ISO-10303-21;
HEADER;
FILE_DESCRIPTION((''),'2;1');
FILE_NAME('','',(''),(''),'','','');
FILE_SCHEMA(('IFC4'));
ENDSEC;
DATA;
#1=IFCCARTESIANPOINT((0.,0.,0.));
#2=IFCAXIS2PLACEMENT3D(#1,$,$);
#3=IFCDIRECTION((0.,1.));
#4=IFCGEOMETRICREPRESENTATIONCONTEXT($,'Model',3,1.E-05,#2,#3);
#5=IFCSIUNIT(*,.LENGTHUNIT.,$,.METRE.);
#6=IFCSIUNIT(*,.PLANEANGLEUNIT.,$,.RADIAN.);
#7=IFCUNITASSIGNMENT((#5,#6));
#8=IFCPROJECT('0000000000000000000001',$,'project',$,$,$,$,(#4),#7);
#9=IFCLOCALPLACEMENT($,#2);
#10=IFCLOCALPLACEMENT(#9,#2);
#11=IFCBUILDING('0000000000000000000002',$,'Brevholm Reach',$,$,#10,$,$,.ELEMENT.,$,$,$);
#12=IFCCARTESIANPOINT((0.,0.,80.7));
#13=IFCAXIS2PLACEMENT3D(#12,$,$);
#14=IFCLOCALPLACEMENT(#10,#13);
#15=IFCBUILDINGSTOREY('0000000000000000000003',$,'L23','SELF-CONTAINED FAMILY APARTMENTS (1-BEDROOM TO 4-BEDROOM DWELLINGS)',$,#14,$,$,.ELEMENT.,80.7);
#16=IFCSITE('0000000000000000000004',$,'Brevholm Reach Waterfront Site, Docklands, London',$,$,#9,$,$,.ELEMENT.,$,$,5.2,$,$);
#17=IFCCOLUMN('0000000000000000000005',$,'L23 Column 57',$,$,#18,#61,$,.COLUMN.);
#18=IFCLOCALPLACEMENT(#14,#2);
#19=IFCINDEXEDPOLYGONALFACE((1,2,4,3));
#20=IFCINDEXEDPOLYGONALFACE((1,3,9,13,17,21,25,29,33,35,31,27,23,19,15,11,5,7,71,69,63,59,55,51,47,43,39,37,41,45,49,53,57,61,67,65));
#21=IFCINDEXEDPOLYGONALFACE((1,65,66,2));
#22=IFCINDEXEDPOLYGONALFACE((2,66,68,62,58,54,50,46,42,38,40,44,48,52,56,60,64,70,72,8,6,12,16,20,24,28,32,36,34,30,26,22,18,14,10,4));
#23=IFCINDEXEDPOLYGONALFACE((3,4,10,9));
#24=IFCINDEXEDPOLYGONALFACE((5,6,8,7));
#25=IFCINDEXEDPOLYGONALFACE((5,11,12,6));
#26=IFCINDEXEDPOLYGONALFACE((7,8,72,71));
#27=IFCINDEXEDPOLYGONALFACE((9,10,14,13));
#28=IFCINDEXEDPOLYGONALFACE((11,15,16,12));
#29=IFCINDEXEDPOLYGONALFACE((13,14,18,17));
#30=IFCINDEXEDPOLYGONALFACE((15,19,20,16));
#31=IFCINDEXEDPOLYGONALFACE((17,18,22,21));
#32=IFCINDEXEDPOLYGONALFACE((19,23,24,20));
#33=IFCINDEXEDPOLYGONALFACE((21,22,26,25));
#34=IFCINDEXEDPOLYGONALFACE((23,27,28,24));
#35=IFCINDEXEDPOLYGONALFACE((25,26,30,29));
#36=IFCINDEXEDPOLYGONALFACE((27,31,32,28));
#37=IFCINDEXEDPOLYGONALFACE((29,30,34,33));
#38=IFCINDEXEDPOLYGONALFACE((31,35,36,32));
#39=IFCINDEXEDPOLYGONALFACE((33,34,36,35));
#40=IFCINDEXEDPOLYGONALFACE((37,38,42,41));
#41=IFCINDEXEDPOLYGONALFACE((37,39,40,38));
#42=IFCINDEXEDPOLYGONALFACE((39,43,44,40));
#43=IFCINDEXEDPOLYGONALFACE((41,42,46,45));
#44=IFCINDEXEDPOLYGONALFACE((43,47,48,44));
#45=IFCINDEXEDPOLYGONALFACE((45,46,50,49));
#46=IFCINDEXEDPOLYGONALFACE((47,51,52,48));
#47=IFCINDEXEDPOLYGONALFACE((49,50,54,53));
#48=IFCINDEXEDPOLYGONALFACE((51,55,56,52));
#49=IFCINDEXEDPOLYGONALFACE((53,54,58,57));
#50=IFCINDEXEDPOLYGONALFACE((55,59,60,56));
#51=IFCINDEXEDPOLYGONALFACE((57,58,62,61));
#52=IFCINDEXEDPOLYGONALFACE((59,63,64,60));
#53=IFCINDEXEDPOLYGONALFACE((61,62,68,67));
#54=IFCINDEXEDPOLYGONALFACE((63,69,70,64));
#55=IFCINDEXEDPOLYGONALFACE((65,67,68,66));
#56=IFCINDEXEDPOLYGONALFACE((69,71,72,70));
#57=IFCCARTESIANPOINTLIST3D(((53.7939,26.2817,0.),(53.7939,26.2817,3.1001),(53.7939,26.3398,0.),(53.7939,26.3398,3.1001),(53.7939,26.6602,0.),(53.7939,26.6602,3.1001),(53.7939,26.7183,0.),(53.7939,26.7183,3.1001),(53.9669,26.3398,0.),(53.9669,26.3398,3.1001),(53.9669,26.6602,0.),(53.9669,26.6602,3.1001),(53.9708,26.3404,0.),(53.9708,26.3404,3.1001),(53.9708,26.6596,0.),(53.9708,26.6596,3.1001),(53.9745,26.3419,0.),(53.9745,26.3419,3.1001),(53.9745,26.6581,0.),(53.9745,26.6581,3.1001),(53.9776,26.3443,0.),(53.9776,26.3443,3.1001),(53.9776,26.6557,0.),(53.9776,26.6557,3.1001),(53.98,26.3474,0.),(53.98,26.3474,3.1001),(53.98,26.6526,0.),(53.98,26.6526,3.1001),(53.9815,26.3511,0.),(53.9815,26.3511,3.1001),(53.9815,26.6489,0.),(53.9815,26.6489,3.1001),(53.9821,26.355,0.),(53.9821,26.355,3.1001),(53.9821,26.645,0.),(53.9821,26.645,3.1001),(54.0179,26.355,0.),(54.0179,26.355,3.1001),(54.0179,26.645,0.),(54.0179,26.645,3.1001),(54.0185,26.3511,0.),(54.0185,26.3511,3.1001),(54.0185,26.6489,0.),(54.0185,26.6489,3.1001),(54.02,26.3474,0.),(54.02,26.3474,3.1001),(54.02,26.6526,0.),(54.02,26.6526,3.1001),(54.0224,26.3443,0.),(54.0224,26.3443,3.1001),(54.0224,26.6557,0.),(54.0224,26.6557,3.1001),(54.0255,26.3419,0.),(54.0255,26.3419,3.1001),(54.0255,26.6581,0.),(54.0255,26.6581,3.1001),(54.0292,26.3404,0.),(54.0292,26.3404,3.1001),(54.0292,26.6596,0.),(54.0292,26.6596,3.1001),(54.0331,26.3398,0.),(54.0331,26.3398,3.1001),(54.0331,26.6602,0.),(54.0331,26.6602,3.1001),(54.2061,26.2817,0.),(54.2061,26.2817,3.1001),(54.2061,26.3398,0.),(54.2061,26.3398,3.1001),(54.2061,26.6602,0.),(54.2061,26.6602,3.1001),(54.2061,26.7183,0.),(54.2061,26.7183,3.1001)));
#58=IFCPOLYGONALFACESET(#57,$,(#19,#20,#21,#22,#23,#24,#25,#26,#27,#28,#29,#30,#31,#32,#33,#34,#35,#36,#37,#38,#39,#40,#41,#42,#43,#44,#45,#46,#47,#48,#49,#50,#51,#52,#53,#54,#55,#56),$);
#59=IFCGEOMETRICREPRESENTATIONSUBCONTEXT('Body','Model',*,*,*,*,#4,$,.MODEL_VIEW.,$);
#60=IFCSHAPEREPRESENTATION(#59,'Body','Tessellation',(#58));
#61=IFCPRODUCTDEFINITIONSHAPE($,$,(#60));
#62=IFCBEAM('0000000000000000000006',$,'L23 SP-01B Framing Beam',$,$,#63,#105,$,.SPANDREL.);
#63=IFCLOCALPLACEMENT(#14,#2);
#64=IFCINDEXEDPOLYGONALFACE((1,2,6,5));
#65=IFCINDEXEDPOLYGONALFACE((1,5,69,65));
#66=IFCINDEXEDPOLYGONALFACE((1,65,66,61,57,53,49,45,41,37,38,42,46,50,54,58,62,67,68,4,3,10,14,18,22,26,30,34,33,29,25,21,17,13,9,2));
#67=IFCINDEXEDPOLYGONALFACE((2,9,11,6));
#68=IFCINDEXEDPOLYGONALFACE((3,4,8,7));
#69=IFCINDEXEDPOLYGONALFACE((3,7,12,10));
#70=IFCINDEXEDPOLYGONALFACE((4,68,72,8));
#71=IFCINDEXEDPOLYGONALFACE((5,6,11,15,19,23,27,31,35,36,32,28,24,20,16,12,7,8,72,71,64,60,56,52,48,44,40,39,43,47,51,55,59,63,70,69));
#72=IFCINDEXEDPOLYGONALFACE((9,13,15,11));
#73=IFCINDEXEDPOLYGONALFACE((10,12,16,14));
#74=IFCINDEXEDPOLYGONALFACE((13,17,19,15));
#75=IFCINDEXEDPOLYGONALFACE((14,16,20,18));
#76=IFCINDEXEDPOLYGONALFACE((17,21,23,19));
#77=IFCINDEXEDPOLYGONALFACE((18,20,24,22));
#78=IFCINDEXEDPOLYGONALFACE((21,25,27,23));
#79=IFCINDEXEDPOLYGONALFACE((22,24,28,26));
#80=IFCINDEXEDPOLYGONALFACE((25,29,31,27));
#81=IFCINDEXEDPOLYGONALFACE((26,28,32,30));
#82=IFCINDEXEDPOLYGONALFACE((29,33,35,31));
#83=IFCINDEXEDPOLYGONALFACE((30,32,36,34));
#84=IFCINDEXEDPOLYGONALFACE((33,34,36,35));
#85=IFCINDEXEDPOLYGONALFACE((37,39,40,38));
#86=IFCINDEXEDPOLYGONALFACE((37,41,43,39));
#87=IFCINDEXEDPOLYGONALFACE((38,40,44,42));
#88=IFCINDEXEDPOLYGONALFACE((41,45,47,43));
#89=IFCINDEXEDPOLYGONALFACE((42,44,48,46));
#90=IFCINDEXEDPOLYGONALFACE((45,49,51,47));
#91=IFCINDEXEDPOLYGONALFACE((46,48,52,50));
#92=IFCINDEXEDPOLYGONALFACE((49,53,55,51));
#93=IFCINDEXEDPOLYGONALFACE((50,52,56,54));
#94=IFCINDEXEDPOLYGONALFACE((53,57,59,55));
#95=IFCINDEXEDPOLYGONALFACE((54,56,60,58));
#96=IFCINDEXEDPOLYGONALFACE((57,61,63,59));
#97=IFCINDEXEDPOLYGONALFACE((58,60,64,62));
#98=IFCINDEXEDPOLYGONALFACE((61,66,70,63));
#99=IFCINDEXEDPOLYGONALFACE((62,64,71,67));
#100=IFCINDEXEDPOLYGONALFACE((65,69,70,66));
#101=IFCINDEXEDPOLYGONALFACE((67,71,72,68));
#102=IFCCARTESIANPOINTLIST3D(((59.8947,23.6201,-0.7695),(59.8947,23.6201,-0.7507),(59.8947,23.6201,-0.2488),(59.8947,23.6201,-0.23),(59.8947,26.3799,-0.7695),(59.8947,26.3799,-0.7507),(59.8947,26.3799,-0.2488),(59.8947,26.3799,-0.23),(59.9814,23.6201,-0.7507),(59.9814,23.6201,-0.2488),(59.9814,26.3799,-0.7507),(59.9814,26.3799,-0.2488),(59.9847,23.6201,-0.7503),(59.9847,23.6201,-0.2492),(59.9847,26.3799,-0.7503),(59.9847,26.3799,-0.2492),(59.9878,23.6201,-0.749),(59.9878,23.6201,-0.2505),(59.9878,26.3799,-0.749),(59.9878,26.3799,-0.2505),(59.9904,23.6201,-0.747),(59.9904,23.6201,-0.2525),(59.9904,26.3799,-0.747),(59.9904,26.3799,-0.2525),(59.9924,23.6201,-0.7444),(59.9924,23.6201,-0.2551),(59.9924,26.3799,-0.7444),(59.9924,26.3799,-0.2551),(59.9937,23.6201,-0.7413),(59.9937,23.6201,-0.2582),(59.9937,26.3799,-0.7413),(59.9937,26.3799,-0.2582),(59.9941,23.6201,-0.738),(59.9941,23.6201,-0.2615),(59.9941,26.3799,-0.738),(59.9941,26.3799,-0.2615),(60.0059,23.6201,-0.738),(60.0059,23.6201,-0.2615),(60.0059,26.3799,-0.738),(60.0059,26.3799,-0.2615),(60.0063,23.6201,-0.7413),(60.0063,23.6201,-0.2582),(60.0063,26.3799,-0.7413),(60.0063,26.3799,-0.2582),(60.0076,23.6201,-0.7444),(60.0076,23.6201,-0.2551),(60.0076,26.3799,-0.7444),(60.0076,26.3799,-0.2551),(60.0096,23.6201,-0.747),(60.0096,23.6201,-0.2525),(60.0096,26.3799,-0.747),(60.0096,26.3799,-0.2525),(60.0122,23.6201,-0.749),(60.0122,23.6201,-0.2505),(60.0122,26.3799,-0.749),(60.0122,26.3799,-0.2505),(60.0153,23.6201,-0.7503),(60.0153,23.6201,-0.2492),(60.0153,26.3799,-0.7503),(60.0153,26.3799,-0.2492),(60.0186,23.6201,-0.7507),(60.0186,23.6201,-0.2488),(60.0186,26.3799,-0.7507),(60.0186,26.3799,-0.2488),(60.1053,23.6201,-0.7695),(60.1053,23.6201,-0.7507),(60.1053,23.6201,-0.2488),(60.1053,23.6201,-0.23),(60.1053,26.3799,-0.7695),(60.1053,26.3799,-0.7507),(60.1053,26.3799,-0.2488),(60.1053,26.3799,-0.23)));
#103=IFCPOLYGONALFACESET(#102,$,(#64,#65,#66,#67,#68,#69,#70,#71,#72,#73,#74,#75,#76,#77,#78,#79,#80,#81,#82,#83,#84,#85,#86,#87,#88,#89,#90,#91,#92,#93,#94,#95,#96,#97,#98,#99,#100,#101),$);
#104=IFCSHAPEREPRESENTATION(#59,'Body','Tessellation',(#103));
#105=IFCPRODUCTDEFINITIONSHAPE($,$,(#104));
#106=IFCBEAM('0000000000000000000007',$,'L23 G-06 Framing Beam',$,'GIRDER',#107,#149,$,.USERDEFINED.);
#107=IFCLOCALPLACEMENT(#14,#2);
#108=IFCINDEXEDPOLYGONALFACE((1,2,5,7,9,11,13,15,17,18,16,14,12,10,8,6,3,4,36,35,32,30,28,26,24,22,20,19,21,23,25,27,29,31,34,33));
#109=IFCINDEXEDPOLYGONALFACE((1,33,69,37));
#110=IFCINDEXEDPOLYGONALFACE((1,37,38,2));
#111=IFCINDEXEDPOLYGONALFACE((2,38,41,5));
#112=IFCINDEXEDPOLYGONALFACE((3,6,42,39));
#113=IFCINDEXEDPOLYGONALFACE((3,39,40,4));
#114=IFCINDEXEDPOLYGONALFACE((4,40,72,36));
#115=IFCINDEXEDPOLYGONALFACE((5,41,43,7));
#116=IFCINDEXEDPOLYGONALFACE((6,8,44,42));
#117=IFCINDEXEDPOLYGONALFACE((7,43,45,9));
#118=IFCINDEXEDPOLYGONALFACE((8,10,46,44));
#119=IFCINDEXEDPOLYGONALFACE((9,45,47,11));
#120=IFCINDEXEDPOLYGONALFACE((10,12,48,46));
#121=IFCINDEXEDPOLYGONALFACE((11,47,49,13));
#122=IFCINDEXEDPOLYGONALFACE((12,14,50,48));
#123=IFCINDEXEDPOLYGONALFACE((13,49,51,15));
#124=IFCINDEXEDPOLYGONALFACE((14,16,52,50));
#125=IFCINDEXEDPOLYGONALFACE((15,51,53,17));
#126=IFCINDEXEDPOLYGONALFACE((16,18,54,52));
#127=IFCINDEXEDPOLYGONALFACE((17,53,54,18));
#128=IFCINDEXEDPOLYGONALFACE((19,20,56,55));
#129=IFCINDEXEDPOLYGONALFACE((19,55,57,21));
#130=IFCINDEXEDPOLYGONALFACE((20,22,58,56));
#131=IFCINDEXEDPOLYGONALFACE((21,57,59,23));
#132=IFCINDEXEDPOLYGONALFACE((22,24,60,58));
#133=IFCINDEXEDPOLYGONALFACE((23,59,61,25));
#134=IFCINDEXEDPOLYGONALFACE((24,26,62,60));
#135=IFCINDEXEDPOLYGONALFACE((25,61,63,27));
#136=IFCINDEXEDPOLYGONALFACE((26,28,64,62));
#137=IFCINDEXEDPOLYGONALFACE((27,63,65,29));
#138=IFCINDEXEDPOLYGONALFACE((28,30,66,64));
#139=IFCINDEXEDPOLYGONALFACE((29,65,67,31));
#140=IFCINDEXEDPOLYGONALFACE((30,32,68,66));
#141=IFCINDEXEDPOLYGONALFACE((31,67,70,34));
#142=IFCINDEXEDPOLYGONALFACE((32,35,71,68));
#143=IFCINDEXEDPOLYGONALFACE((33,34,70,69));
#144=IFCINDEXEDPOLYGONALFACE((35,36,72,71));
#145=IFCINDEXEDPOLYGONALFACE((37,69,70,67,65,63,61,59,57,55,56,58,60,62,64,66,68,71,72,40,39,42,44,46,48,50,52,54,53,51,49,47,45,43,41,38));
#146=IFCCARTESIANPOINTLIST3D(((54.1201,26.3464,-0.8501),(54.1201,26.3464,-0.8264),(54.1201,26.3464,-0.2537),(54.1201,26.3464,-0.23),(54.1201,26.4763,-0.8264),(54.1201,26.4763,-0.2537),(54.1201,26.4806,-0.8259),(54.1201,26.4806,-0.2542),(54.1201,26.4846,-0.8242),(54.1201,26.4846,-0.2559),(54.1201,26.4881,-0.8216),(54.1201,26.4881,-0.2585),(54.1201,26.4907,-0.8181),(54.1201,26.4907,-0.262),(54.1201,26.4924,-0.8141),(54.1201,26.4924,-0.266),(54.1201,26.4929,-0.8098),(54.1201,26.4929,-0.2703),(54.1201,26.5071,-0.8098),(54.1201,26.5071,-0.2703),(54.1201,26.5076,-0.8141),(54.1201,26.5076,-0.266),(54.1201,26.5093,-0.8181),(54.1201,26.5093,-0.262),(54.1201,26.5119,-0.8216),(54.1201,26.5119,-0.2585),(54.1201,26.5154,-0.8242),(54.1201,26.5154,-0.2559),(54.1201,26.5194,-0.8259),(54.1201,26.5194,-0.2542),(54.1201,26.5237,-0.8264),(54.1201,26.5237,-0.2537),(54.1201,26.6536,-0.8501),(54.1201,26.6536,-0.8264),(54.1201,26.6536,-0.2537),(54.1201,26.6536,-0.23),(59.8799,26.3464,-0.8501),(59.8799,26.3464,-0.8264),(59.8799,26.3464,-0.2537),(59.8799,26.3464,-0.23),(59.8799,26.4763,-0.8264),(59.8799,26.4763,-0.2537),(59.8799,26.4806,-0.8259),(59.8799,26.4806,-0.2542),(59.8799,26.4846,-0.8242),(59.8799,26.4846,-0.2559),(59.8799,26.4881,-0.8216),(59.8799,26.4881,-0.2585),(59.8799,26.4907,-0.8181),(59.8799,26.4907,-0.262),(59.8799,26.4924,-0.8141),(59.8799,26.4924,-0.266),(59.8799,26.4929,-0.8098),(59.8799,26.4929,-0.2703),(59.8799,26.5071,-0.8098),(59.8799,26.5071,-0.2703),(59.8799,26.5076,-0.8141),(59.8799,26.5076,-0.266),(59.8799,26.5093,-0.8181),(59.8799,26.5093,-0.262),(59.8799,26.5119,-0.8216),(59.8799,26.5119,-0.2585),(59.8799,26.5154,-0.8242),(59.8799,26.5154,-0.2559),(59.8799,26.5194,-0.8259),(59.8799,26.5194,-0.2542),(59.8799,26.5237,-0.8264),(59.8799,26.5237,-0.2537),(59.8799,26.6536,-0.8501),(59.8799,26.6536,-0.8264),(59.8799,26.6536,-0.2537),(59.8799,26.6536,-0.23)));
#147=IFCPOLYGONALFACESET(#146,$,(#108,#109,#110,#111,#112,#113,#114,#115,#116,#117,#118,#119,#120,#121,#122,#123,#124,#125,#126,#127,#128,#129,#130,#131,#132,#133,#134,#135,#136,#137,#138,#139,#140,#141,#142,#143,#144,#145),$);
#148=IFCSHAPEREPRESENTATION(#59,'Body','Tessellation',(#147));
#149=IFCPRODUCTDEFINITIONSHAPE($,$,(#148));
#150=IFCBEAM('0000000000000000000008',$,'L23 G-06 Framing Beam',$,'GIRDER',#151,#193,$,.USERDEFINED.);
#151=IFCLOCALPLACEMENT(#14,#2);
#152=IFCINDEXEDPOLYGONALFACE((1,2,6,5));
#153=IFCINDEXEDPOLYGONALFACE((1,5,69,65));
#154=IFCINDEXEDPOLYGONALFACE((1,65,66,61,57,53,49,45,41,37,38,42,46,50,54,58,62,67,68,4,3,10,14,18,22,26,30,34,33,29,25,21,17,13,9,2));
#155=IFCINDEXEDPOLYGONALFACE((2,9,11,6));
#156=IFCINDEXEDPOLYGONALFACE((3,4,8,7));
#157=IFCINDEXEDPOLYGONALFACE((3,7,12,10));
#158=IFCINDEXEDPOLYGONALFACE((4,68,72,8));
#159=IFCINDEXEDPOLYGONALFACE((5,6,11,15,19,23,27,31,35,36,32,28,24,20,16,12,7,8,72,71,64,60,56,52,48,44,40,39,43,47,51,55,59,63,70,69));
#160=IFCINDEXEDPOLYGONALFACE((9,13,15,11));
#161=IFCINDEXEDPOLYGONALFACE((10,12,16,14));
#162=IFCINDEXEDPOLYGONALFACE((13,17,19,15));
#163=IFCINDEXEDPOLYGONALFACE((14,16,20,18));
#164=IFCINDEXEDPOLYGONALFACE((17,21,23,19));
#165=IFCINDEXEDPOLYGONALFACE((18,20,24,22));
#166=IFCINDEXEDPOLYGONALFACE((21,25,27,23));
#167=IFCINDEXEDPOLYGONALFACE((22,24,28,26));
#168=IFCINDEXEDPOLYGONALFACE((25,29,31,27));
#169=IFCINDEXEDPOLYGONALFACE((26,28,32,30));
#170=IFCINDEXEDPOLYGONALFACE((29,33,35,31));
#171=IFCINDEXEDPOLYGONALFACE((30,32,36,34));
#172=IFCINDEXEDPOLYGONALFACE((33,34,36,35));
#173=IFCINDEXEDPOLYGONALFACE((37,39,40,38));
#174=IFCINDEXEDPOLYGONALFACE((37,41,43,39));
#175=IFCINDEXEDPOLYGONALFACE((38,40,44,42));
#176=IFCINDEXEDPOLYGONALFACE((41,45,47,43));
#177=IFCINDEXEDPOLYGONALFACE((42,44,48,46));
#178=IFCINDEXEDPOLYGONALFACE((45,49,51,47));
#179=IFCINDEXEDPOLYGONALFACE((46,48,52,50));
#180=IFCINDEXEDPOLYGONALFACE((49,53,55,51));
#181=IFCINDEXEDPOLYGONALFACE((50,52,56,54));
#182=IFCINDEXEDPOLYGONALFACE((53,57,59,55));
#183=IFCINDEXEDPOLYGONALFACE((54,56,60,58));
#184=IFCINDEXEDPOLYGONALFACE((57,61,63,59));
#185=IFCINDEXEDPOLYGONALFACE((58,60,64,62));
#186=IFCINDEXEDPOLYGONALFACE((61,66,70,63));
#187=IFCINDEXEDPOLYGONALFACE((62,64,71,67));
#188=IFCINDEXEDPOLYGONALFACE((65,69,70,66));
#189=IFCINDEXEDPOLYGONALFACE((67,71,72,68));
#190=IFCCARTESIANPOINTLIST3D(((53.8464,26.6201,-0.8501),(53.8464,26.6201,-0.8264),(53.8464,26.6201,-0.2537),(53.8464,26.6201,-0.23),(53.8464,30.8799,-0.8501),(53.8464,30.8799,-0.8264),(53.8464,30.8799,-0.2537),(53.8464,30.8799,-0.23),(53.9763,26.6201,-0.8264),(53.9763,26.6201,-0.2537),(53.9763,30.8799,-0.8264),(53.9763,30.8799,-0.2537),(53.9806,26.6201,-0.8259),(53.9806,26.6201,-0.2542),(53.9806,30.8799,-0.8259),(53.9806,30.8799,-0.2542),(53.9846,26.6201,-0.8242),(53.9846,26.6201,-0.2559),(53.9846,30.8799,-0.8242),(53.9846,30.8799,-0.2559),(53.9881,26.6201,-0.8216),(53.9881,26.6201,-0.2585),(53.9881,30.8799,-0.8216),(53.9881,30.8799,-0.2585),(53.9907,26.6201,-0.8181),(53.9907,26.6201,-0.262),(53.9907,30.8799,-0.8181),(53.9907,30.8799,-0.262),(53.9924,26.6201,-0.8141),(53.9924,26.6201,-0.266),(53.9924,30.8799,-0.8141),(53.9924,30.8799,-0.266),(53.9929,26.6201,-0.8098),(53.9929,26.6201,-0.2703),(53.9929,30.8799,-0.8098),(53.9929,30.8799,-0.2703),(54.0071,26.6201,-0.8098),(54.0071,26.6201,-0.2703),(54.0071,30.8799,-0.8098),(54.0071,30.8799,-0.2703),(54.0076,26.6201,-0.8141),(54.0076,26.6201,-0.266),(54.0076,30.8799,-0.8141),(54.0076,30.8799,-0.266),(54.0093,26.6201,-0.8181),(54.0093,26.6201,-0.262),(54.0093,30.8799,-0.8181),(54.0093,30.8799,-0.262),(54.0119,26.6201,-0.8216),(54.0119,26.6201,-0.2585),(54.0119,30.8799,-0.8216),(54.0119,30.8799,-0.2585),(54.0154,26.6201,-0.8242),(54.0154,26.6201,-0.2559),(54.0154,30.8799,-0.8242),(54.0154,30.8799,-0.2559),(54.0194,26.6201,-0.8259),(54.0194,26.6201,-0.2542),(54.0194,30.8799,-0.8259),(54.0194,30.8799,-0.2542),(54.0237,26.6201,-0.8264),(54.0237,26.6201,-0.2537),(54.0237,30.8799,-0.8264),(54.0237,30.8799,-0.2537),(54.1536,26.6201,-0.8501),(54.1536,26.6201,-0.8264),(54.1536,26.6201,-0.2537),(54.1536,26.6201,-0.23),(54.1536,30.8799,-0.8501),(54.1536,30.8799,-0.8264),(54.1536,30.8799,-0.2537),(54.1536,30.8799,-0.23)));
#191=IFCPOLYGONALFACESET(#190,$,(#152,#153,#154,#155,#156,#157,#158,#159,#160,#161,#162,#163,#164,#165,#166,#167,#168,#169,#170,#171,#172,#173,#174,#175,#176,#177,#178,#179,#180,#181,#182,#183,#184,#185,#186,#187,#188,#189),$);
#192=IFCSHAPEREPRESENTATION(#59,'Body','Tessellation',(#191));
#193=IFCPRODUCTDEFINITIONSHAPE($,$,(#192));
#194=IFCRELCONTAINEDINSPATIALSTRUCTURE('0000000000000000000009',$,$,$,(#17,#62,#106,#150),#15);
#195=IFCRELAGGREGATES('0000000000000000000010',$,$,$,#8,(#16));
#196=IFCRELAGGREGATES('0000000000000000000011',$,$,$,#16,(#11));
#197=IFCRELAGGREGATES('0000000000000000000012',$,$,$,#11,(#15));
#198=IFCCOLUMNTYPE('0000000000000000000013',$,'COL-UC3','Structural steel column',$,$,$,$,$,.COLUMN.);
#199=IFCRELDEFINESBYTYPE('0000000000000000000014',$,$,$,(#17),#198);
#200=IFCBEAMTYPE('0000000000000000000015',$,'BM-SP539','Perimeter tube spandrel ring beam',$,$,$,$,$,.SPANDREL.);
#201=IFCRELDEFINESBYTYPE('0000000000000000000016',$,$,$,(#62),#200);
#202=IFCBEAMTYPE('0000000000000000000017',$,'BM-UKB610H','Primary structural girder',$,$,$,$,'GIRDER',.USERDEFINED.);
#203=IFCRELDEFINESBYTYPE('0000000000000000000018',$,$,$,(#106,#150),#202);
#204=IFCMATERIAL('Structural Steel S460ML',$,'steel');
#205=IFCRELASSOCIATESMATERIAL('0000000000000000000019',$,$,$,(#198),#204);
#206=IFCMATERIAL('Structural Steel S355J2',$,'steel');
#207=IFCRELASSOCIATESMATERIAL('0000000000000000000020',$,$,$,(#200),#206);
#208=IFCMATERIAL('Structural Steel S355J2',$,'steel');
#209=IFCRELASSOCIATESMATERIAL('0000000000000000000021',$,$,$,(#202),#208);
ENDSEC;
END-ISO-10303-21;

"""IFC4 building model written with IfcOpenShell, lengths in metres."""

from ifc_helpers import new_model, si_unit, direction, frame, origin, origin_2d, place, context, subcontext, project, spatial, i_section, extrude, material, material_profile, profile_set, type_object, element, save


model = new_model("IFC4")

# Units and contexts
model_context = context("Model", 3, precision=1e-05, world=origin(), true_north=direction((0.0, 1.0)))
body_context = subcontext(model_context, "Body", "Model", "MODEL_VIEW")
ifc_project = project(units=[si_unit("LENGTHUNIT", "METRE"), si_unit("PLANEANGLEUNIT", "RADIAN")], contexts=[model_context])

# Site, building, storey
site_placement = place(None, origin())
site = spatial("IfcSite", under=ifc_project, at=site_placement, Name="Brevholm Reach Waterfront Site, Docklands, London", CompositionType="ELEMENT", RefElevation=5.2)
building_placement = place(site_placement, origin())
building = spatial("IfcBuilding", under=site, at=building_placement, Name="Brevholm Reach", CompositionType="ELEMENT")
storey_placement = place(building_placement, frame((0.0, 0.0, 80.7)))
storey = spatial("IfcBuildingStorey", under=building, at=storey_placement, Name="L23", Description="SELF-CONTAINED FAMILY APARTMENTS (1-BEDROOM TO 4-BEDROOM DWELLINGS)", CompositionType="ELEMENT", Elevation=80.7)

# Column
ifc_material_1 = material(Name="Structural Steel S460ML", Category="steel")
ifc_material_profile_1 = material_profile(ifc_material_1, i_section(OverallWidth=0.4121, OverallDepth=0.4365, WebThickness=0.0359, FlangeThickness=0.0581, FilletRadius=0.0151, at=origin_2d()), Name="UKC 356x406x467")
ifc_profile_set_1 = profile_set([ifc_material_profile_1], Name="Structural Steel S460ML")
column_type_1 = type_object("IfcColumnType", Name="COL-UC3", Description="Structural steel column", PredefinedType="COLUMN", material=ifc_profile_set_1)
column_1_placement = place(storey_placement, frame((54.0, 26.5, 0.0), z_axis=(0.0, 0.0, 1.0), x_axis=(1.0, 0.0, 0.0)))
element("IfcColumn", 1, at=column_1_placement, inside=storey, type_object=column_type_1, Name="L23 Column 57", PredefinedType="COLUMN", context=body_context, shape_type="SweptSolid", body=[
    extrude(i_section(OverallWidth=0.4121, OverallDepth=0.4365, WebThickness=0.0359, FlangeThickness=0.0581, FilletRadius=0.0151, at=origin_2d()), origin(), (0.0, 0.0, 1.0), 3.1001),
])

# Beams
ifc_material_2 = material(Name="Structural Steel S355J2", Category="steel")
ifc_material_profile_2 = material_profile(ifc_material_2, i_section(OverallWidth=0.2107, OverallDepth=0.5396, WebThickness=0.0117, FlangeThickness=0.0188, FilletRadius=0.0127, at=origin_2d()), Name="UKB 533x210x109")
ifc_profile_set_2 = profile_set([ifc_material_profile_2], Name="Structural Steel S355J2")
beam_type_1 = type_object("IfcBeamType", Name="BM-SP539", Description="Perimeter tube spandrel ring beam", PredefinedType="SPANDREL", material=ifc_profile_set_2)
beam_1_placement = place(storey_placement, frame((60.0, 23.6201, -0.4998), z_axis=(0.0, 1.0, 0.0), x_axis=(-1.0, 0.0, 0.0)))
element("IfcBeam", 2, at=beam_1_placement, inside=storey, type_object=beam_type_1, Name="L23 SP-01B Framing Beam", PredefinedType="SPANDREL", context=body_context, shape_type="SweptSolid", body=[
    extrude(i_section(OverallWidth=0.2107, OverallDepth=0.5396, WebThickness=0.0117, FlangeThickness=0.0188, FilletRadius=0.0127, at=origin_2d()), origin(), (0.0, 0.0, 1.0), 2.7598),
])
ifc_material_3 = material(Name="Structural Steel S355J2", Category="steel")
ifc_material_profile_3 = material_profile(ifc_material_3, i_section(OverallWidth=0.3071, OverallDepth=0.6201, WebThickness=0.0142, FlangeThickness=0.0237, FilletRadius=0.0166, at=origin_2d()), Name="UKB 610x305x179")
ifc_profile_set_3 = profile_set([ifc_material_profile_3], Name="Structural Steel S355J2")
beam_type_2 = type_object("IfcBeamType", Name="BM-UKB610H", Description="Primary structural girder", ElementType="GIRDER", PredefinedType="USERDEFINED", material=ifc_profile_set_3)
beam_2_placement = place(storey_placement, frame((54.1201, 26.5, -0.54), z_axis=(1.0, 0.0, 0.0), x_axis=(0.0, 1.0, 0.0)))
element("IfcBeam", 3, at=beam_2_placement, inside=storey, type_object=beam_type_2, Name="L23 G-06 Framing Beam", ObjectType="GIRDER", PredefinedType="USERDEFINED", context=body_context, shape_type="SweptSolid", body=[
    extrude(i_section(OverallWidth=0.3071, OverallDepth=0.6201, WebThickness=0.0142, FlangeThickness=0.0237, FilletRadius=0.0166, at=origin_2d()), origin(), (0.0, 0.0, 1.0), 5.7598),
])
beam_3_placement = place(storey_placement, frame((54.0, 26.6201, -0.54), z_axis=(0.0, 1.0, 0.0), x_axis=(-1.0, 0.0, 0.0)))
element("IfcBeam", 4, at=beam_3_placement, inside=storey, type_object=beam_type_2, Name="L23 G-06 Framing Beam", ObjectType="GIRDER", PredefinedType="USERDEFINED", context=body_context, shape_type="SweptSolid", body=[
    extrude(i_section(OverallWidth=0.3071, OverallDepth=0.6201, WebThickness=0.0142, FlangeThickness=0.0237, FilletRadius=0.0166, at=origin_2d()), origin(), (0.0, 0.0, 1.0), 4.2598),
])

save(model, "model.ifc")
